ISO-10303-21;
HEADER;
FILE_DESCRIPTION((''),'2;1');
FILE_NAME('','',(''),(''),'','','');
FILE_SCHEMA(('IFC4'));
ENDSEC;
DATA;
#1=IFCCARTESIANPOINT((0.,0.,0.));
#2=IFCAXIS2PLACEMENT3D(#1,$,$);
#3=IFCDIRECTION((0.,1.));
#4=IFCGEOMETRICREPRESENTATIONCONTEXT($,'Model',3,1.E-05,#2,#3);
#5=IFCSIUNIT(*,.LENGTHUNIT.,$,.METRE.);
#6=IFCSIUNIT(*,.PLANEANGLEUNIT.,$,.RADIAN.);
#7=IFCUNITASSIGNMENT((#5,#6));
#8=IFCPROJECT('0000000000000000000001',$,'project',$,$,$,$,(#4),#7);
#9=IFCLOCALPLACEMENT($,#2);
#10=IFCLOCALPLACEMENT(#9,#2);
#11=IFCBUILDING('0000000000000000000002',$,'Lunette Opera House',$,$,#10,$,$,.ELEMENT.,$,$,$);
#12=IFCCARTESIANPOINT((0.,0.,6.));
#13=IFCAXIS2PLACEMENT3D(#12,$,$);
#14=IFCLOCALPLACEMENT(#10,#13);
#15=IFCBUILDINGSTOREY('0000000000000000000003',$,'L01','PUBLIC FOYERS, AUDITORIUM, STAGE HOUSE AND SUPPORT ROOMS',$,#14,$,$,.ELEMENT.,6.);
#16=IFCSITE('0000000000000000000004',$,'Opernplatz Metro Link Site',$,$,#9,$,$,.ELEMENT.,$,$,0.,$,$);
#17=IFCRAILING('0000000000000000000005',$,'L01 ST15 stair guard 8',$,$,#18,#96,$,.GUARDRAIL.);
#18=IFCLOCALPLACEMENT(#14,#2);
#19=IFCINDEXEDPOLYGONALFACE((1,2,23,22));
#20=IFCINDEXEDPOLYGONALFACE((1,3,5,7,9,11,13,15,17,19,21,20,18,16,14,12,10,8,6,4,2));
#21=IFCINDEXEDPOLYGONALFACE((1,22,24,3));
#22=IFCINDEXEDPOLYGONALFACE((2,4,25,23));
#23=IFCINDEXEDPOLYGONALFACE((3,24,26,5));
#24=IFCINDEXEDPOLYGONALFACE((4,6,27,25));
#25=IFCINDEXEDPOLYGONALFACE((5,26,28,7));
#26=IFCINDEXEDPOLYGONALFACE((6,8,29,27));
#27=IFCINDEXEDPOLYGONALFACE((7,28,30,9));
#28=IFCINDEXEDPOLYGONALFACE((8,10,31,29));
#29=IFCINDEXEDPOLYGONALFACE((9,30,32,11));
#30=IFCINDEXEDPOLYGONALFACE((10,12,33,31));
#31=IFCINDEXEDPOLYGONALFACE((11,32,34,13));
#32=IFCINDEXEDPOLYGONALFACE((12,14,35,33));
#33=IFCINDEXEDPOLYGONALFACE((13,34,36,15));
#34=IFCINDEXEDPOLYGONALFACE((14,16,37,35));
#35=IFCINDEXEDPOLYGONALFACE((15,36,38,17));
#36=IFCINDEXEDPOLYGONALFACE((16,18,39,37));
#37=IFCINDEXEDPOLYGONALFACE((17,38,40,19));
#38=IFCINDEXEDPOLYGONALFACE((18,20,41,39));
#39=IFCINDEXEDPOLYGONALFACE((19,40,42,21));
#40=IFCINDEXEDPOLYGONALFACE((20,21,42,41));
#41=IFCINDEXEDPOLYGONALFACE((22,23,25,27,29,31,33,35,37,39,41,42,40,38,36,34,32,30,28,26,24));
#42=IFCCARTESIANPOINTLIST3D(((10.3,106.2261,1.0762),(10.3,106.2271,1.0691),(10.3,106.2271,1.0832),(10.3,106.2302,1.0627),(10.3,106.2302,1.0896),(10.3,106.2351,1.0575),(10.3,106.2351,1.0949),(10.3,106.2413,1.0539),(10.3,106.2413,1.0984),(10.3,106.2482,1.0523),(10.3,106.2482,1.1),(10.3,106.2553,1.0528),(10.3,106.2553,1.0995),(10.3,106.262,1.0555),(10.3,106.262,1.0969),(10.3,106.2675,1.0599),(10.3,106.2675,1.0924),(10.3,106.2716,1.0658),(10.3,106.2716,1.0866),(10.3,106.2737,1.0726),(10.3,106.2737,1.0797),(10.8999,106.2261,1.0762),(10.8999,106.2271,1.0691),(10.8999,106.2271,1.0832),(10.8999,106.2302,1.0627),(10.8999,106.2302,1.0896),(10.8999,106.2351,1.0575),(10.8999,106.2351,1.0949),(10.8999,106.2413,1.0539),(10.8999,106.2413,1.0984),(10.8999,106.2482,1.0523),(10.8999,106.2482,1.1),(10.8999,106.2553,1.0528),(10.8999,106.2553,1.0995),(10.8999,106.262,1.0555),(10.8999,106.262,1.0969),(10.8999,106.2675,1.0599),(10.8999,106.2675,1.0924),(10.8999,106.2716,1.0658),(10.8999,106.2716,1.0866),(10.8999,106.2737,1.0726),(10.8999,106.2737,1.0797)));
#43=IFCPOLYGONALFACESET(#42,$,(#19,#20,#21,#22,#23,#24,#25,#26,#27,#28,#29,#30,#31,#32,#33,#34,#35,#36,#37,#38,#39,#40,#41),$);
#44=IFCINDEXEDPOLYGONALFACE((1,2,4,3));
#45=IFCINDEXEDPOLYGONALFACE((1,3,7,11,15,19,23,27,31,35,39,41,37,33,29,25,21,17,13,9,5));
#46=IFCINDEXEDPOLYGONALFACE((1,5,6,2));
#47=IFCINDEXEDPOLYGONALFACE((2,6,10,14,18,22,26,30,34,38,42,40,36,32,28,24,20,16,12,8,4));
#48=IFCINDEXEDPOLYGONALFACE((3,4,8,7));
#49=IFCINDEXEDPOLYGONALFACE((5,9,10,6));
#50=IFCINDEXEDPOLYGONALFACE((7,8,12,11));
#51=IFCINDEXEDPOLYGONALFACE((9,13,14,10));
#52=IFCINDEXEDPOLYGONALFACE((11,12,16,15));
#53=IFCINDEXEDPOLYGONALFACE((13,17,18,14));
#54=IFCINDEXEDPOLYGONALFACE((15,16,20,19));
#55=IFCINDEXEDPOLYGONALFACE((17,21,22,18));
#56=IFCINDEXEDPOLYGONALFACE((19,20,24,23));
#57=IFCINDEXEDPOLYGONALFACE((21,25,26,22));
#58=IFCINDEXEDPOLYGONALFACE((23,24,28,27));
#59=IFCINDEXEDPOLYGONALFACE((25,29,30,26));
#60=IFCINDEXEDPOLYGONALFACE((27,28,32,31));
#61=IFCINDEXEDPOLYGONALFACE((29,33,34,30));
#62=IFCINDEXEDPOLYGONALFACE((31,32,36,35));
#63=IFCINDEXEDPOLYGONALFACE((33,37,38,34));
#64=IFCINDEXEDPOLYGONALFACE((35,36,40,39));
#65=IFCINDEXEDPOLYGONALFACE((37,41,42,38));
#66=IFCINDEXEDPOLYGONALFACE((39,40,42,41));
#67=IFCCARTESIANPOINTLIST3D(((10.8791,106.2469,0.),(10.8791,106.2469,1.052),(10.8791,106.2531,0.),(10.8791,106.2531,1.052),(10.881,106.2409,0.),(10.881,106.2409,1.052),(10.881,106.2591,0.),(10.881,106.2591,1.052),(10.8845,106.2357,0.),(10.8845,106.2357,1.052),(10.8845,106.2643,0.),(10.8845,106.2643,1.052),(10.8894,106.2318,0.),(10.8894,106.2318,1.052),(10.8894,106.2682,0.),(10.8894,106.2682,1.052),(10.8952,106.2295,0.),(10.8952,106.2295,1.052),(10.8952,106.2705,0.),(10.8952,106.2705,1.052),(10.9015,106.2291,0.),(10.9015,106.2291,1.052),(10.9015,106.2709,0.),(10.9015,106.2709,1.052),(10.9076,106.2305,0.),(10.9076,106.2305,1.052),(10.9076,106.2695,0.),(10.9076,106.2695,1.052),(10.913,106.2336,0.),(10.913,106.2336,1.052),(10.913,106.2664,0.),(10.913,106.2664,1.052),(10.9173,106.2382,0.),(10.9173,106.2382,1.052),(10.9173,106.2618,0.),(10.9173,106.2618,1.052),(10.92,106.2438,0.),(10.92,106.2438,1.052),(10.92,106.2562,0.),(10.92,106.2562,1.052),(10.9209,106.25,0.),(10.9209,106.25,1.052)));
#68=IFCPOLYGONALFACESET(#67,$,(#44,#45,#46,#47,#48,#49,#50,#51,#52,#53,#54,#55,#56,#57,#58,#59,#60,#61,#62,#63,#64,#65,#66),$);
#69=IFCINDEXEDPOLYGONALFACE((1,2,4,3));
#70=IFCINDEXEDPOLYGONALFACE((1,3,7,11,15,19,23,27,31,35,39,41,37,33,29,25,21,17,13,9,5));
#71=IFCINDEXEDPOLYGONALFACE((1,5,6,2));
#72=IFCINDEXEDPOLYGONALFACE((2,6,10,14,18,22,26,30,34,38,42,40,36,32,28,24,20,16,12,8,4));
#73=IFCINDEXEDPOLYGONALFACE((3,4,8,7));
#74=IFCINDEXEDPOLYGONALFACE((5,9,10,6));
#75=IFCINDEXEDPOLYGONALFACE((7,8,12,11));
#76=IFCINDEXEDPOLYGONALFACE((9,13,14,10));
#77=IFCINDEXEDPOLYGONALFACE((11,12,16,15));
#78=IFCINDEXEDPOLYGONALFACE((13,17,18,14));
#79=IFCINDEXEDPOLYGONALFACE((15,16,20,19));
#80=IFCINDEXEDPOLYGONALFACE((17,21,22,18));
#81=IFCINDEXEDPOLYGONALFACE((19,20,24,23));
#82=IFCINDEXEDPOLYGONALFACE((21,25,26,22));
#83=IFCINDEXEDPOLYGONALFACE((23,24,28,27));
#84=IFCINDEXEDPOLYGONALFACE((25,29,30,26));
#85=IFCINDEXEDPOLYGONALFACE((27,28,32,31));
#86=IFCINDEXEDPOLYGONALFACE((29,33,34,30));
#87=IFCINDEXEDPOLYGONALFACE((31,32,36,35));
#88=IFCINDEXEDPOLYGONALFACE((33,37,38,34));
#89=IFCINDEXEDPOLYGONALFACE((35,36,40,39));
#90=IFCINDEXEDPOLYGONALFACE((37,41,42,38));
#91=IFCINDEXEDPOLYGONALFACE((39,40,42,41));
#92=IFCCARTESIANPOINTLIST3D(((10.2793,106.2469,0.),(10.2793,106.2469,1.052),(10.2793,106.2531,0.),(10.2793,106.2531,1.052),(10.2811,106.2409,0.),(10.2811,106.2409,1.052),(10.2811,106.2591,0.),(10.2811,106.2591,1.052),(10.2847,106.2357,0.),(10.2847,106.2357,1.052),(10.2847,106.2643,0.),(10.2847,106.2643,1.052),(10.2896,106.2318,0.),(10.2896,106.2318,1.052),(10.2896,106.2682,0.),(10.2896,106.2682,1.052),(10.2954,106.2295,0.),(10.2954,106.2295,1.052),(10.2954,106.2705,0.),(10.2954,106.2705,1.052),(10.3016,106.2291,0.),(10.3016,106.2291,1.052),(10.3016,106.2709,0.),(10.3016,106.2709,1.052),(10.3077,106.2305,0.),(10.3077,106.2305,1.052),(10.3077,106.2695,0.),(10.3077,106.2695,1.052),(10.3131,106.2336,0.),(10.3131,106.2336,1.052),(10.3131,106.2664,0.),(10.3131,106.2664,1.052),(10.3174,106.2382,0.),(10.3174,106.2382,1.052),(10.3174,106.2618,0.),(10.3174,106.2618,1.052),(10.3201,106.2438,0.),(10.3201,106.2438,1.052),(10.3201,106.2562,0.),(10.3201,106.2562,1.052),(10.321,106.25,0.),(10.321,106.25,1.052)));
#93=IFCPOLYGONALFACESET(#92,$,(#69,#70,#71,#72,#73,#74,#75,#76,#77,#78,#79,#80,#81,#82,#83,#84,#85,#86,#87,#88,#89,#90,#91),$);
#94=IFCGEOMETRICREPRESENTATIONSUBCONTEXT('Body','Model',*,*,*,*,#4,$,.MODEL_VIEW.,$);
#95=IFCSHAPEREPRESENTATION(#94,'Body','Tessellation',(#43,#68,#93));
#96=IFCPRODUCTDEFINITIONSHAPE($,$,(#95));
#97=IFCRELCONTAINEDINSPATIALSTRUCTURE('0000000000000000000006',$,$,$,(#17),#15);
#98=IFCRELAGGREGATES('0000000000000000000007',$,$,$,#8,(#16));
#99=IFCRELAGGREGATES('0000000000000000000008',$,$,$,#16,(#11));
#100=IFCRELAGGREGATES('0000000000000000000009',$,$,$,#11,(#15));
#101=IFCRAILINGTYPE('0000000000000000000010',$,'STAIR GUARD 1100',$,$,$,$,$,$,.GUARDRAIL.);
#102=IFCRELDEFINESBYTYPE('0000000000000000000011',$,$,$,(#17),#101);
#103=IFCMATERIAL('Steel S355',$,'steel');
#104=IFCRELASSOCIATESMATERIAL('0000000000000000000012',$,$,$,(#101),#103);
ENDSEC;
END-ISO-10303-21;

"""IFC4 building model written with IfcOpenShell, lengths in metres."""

from ifc_helpers import new_model, si_unit, direction, frame, origin, origin_2d, place, context, subcontext, project, spatial, circle, extrude, material, type_object, element, save


model = new_model("IFC4")

# Units and contexts
model_context = context("Model", 3, precision=1e-05, world=origin(), true_north=direction((0.0, 1.0)))
body_context = subcontext(model_context, "Body", "Model", "MODEL_VIEW")
ifc_project = project(units=[si_unit("LENGTHUNIT", "METRE"), si_unit("PLANEANGLEUNIT", "RADIAN")], contexts=[model_context])

# Site, building, storey
site_placement = place(None, origin())
site = spatial("IfcSite", under=ifc_project, at=site_placement, Name="Opernplatz Metro Link Site", CompositionType="ELEMENT", RefElevation=0.0)
building_placement = place(site_placement, origin())
building = spatial("IfcBuilding", under=site, at=building_placement, Name="Lunette Opera House", CompositionType="ELEMENT")
storey_placement = place(building_placement, frame((0.0, 0.0, 6.0)))
storey = spatial("IfcBuildingStorey", under=building, at=storey_placement, Name="L01", Description="PUBLIC FOYERS, AUDITORIUM, STAGE HOUSE AND SUPPORT ROOMS", CompositionType="ELEMENT", Elevation=6.0)

# Railing
ifc_material_1 = material(Name="Steel S355", Category="steel")
railing_type_1 = type_object("IfcRailingType", Name="STAIR GUARD 1100", PredefinedType="GUARDRAIL", material=ifc_material_1)
railing_1_placement = place(storey_placement, frame((10.8999, 106.25, 0.0)))
element("IfcRailing", 1, at=railing_1_placement, inside=storey, type_object=railing_type_1, Name="L01 ST15 stair guard 8", PredefinedType="GUARDRAIL", context=body_context, shape_type="SweptSolid", body=[
    extrude(circle(Radius=0.0239, at=origin_2d()), frame((0.0, 0.0, 1.0762), z_axis=(-1.0, 0.0, 0.0), x_axis=(0.0, -1.0, 0.0)), (0.0, 0.0, 1.0), 0.5999),
    extrude(circle(Radius=0.021, at=origin_2d()), origin(), (0.0, 0.0, 1.0), 1.052),
    extrude(circle(Radius=0.021, at=origin_2d()), frame((-0.5999, 0.0, 0.0)), (0.0, 0.0, 1.0), 1.052),
])

save(model, "model.ifc")
